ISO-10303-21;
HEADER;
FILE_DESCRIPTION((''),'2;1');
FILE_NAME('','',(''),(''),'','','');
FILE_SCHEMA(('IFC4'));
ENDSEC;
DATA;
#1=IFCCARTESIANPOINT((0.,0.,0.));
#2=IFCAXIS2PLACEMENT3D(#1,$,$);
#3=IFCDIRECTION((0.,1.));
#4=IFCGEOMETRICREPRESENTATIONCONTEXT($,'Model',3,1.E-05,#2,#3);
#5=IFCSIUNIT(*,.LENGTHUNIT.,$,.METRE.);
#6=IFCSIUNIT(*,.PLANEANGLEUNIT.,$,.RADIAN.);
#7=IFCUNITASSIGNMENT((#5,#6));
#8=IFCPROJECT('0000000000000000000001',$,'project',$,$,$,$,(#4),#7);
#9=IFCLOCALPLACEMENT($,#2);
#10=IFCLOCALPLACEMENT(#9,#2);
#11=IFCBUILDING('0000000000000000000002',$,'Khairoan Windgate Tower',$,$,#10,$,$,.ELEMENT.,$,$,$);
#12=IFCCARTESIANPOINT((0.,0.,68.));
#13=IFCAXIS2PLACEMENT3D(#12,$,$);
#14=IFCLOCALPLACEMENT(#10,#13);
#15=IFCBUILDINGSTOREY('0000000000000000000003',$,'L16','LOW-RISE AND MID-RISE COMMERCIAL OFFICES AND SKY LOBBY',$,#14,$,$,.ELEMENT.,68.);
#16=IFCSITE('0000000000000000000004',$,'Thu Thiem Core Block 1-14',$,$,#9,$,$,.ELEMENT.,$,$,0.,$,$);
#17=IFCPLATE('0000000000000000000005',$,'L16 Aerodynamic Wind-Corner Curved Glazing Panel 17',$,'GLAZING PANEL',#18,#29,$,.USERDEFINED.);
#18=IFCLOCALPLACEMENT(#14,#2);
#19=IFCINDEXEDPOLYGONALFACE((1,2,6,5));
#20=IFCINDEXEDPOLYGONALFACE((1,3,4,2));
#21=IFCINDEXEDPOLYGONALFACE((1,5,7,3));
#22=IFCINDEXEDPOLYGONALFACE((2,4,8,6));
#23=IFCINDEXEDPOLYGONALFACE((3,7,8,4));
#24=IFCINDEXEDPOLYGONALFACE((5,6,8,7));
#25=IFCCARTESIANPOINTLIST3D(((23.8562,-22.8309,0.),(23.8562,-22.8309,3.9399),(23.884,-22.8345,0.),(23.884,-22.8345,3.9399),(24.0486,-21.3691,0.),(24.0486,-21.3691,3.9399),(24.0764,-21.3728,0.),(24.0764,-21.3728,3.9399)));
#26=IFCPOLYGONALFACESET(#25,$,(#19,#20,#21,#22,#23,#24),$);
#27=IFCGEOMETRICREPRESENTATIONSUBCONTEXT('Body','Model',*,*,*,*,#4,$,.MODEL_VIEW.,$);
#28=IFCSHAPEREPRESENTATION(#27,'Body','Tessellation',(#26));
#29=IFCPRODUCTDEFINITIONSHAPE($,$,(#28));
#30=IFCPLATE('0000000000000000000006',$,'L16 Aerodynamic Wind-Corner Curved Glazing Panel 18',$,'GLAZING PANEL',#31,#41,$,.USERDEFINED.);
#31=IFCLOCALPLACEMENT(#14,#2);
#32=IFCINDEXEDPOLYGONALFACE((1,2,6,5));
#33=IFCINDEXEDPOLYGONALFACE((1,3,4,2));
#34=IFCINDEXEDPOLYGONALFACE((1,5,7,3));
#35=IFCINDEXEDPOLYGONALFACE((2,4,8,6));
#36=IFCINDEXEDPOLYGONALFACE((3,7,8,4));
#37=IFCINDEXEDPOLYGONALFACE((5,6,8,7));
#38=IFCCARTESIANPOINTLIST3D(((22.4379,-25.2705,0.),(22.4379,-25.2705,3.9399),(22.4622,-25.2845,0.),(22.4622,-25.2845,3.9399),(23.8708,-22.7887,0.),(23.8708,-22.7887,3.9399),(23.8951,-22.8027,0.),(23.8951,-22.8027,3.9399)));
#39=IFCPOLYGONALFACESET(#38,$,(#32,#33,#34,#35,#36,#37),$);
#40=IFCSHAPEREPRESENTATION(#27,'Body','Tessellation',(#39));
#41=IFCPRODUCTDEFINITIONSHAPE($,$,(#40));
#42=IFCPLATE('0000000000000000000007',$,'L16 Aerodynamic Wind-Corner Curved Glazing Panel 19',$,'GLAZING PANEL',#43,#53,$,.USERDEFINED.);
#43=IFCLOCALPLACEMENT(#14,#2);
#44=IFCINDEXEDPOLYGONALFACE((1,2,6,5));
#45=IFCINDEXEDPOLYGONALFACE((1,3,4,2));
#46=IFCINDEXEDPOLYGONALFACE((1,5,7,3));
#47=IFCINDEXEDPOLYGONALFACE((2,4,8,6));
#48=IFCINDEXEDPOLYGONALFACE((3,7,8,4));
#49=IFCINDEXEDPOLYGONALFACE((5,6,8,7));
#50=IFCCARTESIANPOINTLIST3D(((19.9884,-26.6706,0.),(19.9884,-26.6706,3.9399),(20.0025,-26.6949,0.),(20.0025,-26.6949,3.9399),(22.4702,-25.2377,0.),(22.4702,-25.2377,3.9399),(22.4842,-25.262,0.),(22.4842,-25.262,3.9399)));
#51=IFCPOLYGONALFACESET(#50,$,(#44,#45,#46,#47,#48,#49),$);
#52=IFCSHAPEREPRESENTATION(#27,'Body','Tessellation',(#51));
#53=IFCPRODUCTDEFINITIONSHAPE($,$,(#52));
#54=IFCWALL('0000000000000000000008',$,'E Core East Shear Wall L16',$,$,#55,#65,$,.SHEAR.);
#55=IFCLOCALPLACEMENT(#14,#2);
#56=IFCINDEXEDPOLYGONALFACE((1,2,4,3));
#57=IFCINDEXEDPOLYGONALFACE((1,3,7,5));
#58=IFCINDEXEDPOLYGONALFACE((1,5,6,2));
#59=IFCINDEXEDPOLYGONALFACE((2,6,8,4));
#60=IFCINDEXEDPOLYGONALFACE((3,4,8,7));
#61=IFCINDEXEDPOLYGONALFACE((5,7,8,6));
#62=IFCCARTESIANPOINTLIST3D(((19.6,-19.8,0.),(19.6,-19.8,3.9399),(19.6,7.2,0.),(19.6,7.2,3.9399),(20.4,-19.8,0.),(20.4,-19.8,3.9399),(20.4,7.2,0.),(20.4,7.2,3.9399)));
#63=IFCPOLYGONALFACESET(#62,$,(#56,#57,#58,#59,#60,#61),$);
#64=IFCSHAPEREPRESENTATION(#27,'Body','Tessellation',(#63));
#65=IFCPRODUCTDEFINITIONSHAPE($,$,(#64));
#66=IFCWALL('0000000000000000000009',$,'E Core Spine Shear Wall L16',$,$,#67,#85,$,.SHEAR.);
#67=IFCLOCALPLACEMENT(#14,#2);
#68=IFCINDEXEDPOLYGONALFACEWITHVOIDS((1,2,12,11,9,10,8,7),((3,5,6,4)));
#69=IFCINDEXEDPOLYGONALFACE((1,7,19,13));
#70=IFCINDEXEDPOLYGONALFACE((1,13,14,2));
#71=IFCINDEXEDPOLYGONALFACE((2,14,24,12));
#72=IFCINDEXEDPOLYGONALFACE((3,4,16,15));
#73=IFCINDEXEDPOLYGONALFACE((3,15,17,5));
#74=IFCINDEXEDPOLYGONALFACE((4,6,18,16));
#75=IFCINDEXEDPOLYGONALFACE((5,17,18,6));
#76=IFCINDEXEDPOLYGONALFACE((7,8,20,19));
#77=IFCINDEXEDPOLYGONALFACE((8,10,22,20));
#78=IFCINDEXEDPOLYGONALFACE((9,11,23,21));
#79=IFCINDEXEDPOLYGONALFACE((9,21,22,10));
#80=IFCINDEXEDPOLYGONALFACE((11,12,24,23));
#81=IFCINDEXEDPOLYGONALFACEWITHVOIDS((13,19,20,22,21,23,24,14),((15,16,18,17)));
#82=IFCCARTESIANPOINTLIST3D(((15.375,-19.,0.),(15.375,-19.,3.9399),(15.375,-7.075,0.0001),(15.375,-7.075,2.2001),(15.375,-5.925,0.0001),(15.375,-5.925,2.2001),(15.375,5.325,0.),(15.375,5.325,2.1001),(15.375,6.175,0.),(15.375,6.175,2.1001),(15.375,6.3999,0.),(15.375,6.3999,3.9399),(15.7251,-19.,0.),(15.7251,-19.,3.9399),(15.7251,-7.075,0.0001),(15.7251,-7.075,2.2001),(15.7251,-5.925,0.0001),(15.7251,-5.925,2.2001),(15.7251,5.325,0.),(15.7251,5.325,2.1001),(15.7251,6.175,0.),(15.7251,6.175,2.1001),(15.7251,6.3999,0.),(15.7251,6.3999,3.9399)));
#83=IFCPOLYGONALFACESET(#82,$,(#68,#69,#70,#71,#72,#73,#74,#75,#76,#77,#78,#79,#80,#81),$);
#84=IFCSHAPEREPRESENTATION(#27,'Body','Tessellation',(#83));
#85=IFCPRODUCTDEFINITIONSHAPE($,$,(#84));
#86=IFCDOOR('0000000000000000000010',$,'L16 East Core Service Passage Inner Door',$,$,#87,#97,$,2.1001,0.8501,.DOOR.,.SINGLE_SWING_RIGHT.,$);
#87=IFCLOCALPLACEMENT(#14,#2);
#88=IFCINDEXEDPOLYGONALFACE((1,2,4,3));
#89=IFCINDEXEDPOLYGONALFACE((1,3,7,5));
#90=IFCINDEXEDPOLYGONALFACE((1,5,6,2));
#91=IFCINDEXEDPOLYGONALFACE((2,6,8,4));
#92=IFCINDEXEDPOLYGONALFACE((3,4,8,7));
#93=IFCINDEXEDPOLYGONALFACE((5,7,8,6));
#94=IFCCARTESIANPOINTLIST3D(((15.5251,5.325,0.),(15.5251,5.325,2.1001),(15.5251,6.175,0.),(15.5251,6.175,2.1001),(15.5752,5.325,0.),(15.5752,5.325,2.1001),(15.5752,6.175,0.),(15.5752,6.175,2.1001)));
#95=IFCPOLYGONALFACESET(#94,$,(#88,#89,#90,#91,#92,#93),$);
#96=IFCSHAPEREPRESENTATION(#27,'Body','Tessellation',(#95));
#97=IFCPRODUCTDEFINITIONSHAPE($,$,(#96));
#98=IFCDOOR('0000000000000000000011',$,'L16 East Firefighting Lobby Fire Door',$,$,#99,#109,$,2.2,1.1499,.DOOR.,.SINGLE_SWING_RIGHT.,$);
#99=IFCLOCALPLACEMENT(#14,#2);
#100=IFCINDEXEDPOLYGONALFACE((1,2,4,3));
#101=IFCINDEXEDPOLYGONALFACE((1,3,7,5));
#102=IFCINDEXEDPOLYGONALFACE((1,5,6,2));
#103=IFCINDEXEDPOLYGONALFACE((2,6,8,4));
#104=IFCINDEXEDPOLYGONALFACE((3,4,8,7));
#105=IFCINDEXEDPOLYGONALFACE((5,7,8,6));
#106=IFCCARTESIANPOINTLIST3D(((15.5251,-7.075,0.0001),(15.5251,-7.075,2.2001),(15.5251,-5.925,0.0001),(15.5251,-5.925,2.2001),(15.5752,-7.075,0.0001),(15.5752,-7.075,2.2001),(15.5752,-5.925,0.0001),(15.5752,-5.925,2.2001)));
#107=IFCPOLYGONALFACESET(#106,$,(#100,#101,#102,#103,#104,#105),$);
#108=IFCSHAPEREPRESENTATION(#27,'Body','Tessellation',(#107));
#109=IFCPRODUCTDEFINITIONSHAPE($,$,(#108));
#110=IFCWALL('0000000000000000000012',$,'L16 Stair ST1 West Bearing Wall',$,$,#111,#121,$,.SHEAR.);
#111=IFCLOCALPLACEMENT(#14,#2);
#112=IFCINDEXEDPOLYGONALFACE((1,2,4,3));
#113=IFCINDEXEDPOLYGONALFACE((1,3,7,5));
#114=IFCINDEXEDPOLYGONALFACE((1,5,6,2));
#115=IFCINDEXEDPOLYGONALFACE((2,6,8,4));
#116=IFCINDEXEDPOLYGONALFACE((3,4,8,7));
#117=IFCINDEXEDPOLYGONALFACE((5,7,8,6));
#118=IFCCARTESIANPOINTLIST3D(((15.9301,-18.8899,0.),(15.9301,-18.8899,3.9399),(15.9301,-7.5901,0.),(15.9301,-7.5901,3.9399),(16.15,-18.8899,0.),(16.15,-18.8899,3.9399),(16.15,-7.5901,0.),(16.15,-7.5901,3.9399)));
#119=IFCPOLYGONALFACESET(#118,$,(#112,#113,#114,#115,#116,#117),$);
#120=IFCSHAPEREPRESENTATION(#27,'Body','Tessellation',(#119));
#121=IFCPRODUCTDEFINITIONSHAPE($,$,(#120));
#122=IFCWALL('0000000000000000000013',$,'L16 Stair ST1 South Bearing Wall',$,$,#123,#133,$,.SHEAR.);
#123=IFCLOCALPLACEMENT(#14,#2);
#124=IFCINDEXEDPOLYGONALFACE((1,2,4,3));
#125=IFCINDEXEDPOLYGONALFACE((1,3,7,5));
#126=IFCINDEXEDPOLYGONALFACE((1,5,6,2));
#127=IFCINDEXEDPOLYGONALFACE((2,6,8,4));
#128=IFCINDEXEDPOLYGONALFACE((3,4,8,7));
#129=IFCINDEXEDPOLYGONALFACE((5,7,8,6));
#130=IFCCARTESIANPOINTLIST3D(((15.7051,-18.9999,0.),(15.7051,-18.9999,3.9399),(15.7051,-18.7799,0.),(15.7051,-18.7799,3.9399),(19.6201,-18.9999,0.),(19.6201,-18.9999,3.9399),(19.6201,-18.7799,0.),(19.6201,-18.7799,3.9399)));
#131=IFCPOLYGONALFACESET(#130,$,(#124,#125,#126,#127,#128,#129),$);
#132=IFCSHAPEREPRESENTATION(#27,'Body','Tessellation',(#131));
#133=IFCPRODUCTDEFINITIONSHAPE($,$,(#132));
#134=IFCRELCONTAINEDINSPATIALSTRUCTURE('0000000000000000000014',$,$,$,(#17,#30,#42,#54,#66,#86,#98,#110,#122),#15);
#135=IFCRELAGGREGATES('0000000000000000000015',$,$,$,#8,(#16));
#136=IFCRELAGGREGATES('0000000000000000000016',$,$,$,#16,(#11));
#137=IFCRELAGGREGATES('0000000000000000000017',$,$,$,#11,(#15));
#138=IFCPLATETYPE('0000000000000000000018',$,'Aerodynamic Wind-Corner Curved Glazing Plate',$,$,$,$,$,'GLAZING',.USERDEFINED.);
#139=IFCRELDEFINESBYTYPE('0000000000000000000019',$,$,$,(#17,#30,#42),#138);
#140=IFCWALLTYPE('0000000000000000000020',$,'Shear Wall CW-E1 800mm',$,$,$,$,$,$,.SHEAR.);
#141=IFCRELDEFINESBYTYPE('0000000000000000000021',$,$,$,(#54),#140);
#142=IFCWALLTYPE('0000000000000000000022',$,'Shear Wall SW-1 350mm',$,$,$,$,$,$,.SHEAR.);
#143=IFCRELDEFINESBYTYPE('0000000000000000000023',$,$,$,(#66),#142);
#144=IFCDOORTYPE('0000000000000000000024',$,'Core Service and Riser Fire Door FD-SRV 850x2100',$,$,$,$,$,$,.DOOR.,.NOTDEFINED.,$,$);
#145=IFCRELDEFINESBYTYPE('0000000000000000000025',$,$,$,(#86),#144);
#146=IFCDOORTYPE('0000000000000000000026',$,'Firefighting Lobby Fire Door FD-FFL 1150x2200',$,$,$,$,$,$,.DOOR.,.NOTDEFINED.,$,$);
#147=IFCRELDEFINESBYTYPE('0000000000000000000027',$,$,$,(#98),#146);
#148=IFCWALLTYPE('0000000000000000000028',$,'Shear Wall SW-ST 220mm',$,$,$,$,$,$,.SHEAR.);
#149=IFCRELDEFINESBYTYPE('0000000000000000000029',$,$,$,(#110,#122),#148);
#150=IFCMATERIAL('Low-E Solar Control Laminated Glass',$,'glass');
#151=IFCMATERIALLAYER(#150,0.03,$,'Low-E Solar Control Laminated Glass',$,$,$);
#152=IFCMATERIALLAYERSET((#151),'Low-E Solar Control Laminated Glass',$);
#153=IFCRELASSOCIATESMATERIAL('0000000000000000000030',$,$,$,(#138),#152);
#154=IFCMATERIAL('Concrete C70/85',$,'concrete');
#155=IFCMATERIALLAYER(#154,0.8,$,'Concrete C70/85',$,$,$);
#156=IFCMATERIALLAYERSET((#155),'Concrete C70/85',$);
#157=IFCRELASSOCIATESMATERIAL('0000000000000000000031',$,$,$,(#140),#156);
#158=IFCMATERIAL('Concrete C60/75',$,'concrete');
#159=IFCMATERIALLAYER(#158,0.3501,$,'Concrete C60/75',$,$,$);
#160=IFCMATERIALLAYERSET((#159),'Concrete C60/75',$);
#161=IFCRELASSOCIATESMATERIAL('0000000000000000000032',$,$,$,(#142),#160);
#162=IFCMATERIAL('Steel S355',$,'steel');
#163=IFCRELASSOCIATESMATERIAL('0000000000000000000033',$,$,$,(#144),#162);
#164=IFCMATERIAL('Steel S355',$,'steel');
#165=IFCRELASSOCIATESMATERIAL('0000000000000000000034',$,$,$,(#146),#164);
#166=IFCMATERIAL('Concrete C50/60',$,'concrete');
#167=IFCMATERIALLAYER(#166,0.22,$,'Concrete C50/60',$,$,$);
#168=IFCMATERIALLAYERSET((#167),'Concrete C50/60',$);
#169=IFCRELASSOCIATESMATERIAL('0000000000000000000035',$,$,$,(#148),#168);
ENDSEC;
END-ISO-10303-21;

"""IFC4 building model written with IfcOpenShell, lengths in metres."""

from ifc_helpers import new_model, si_unit, direction, frame, frame_2d, origin, origin_2d, place, context, subcontext, project, spatial, rectangle, extrude, material, layer, layer_set, type_object, element, fill, save


model = new_model("IFC4")

# Units and contexts
model_context = context("Model", 3, precision=1e-05, world=origin(), true_north=direction((0.0, 1.0)))
body_context = subcontext(model_context, "Body", "Model", "MODEL_VIEW")
ifc_project = project(units=[si_unit("LENGTHUNIT", "METRE"), si_unit("PLANEANGLEUNIT", "RADIAN")], contexts=[model_context])

# Site, building, storey
site_placement = place(None, origin())
building_placement = place(site_placement, origin())
storey_placement = place(building_placement, frame((0.0, 0.0, 68.0)))
site = spatial("IfcSite", under=ifc_project, at=site_placement, Name="Thu Thiem Core Block 1-14", CompositionType="ELEMENT", RefElevation=0.0)
building = spatial("IfcBuilding", under=site, at=building_placement, Name="Khairoan Windgate Tower", CompositionType="ELEMENT")
storey = spatial("IfcBuildingStorey", under=building, at=storey_placement, Name="L16", Description="LOW-RISE AND MID-RISE COMMERCIAL OFFICES AND SKY LOBBY", CompositionType="ELEMENT", Elevation=68.0)

# Plates
ifc_material_1 = material(Name="Low-E Solar Control Laminated Glass", Category="glass")
ifc_layer_1 = layer(ifc_material_1, 0.03, Name="Low-E Solar Control Laminated Glass")
ifc_layer_set_1 = layer_set([ifc_layer_1], Name="Low-E Solar Control Laminated Glass")
plate_type_1 = type_object("IfcPlateType", Name="Aerodynamic Wind-Corner Curved Glazing Plate", ElementType="GLAZING", PredefinedType="USERDEFINED", material=ifc_layer_set_1)
plate_1_placement = place(storey_placement, frame((23.9663, -22.1018, 0.0), z_axis=(0.0, 0.0, 1.0), x_axis=(-0.130526, -0.991445, 0.0)))
element("IfcPlate", 1, at=plate_1_placement, inside=storey, type_object=plate_type_1, Name="L16 Aerodynamic Wind-Corner Curved Glazing Panel 17", ObjectType="GLAZING PANEL", PredefinedType="USERDEFINED", context=body_context, shape_type="SweptSolid", body=[
    extrude(rectangle(XDim=1.4744, YDim=0.0281, at=origin_2d()), origin(), (0.0, 0.0, 1.0), 3.9399),
])
for number, where, z_axis, x_axis, name in (
    (2, (23.1665, -24.0366, 0.0), (0.0, 0.0, 1.0), (-0.5, -0.866025, 0.0), "L16 Aerodynamic Wind-Corner Curved Glazing Panel 18"),
    (3, (21.2363, -25.9663, 0.0), (0.0, 0.0, 1.0), (-0.866025, -0.5, 0.0), "L16 Aerodynamic Wind-Corner Curved Glazing Panel 19"),
):
    element("IfcPlate", number, at=place(storey_placement, frame(where, z_axis=z_axis, x_axis=x_axis)), inside=storey, type_object=plate_type_1, Name=name, ObjectType="GLAZING PANEL", PredefinedType="USERDEFINED", context=body_context, shape_type="SweptSolid", body=[
        extrude(rectangle(XDim=2.8657, YDim=0.0281, at=origin_2d()), origin(), (0.0, 0.0, 1.0), 3.9399),
    ])

# Wall
ifc_material_2 = material(Name="Concrete C70/85", Category="concrete")
ifc_layer_2 = layer(ifc_material_2, 0.8, Name="Concrete C70/85")
ifc_layer_set_2 = layer_set([ifc_layer_2], Name="Concrete C70/85")
wall_type_1 = type_object("IfcWallType", Name="Shear Wall CW-E1 800mm", PredefinedType="SHEAR", material=ifc_layer_set_2)
wall_1_placement = place(storey_placement, frame((20.0, -19.8, 0.0), z_axis=(0.0, 0.0, 1.0), x_axis=(0.0, 1.0, 0.0)))
element("IfcWall", 4, at=wall_1_placement, inside=storey, type_object=wall_type_1, Name="E Core East Shear Wall L16", PredefinedType="SHEAR", context=body_context, shape_type="SweptSolid", body=[
    extrude(rectangle(XDim=27.0, YDim=0.8, at=frame_2d((13.5, 0.0))), origin(), (0.0, 0.0, 1.0), 3.9399),
])

# Wall, openings, doors
ifc_material_3 = material(Name="Concrete C60/75", Category="concrete")
ifc_layer_3 = layer(ifc_material_3, 0.3501, Name="Concrete C60/75")
ifc_layer_set_3 = layer_set([ifc_layer_3], Name="Concrete C60/75")
wall_type_2 = type_object("IfcWallType", Name="Shear Wall SW-1 350mm", PredefinedType="SHEAR", material=ifc_layer_set_3)
wall_2_placement = place(storey_placement, frame((15.55, -19.0, 0.0), z_axis=(0.0, 0.0, 1.0), x_axis=(0.0, 1.0, 0.0)))
wall_2 = element("IfcWall", 5, at=wall_2_placement, inside=storey, type_object=wall_type_2, Name="E Core Spine Shear Wall L16", PredefinedType="SHEAR", context=body_context, shape_type="SweptSolid", body=[
    extrude(rectangle(XDim=25.3999, YDim=0.3501, at=frame_2d((12.7, 0.0))), origin(), (0.0, 0.0, 1.0), 3.9399),
])
opening_1_placement = place(wall_2_placement, frame((11.925, 0.0, 0.0)))
opening_1 = element("IfcOpeningElement", 6, at=opening_1_placement, cuts=wall_2, PredefinedType="OPENING", context=body_context, shape_type="SweptSolid", body=[
    extrude(rectangle(XDim=1.1499, YDim=2.2, at=frame_2d((0.575, 1.1001))), frame((0.0, 0.1851, 0.0), z_axis=(0.0, -1.0, 0.0), x_axis=(1.0, 0.0, 0.0)), (0.0, 0.0, 1.0), 0.3701),
])
opening_2_placement = place(wall_2_placement, frame((24.325, 0.0, 0.0)))
opening_2 = element("IfcOpeningElement", 7, at=opening_2_placement, cuts=wall_2, PredefinedType="OPENING", context=body_context, shape_type="SweptSolid", body=[
    extrude(rectangle(XDim=0.8501, YDim=2.1001, at=frame_2d((0.425, 1.05))), frame((0.0, 0.1851, 0.0), z_axis=(0.0, -1.0, 0.0), x_axis=(1.0, 0.0, 0.0)), (0.0, 0.0, 1.0), 0.3701),
])
ifc_material_4 = material(Name="Steel S355", Category="steel")
door_type_1 = type_object("IfcDoorType", Name="Core Service and Riser Fire Door FD-SRV 850x2100", OperationType="NOTDEFINED", PredefinedType="DOOR", material=ifc_material_4)
door_1_placement = place(opening_2_placement, origin())
door_1 = element("IfcDoor", 8, at=door_1_placement, inside=storey, type_object=door_type_1, Name="L16 East Core Service Passage Inner Door", OperationType="SINGLE_SWING_RIGHT", OverallHeight=2.1001, OverallWidth=0.8501, PredefinedType="DOOR", context=body_context, shape_type="SweptSolid", body=[
    extrude(rectangle(XDim=0.8501, YDim=2.1001, at=frame_2d((0.425, 1.05))), frame((0.0, 0.0249, 0.0), z_axis=(0.0, -1.0, 0.0), x_axis=(1.0, 0.0, 0.0)), (0.0, 0.0, 1.0), 0.05),
])
fill(opening_2, door_1)
ifc_material_5 = material(Name="Steel S355", Category="steel")
door_type_2 = type_object("IfcDoorType", Name="Firefighting Lobby Fire Door FD-FFL 1150x2200", OperationType="NOTDEFINED", PredefinedType="DOOR", material=ifc_material_5)
door_2_placement = place(opening_1_placement, origin())
door_2 = element("IfcDoor", 9, at=door_2_placement, inside=storey, type_object=door_type_2, Name="L16 East Firefighting Lobby Fire Door", OperationType="SINGLE_SWING_RIGHT", OverallHeight=2.2, OverallWidth=1.1499, PredefinedType="DOOR", context=body_context, shape_type="SweptSolid", body=[
    extrude(rectangle(XDim=1.1499, YDim=2.2, at=frame_2d((0.575, 1.1001))), frame((0.0, 0.0249, 0.0), z_axis=(0.0, -1.0, 0.0), x_axis=(1.0, 0.0, 0.0)), (0.0, 0.0, 1.0), 0.05),
])
fill(opening_1, door_2)

# Walls
ifc_material_6 = material(Name="Concrete C50/60", Category="concrete")
ifc_layer_4 = layer(ifc_material_6, 0.22, Name="Concrete C50/60")
ifc_layer_set_4 = layer_set([ifc_layer_4], Name="Concrete C50/60")
wall_type_3 = type_object("IfcWallType", Name="Shear Wall SW-ST 220mm", PredefinedType="SHEAR", material=ifc_layer_set_4)
wall_3_placement = place(storey_placement, frame((16.04, -18.8899, 0.0), z_axis=(0.0, 0.0, 1.0), x_axis=(0.0, 1.0, 0.0)))
element("IfcWall", 10, at=wall_3_placement, inside=storey, type_object=wall_type_3, Name="L16 Stair ST1 West Bearing Wall", PredefinedType="SHEAR", context=body_context, shape_type="SweptSolid", body=[
    extrude(rectangle(XDim=11.2998, YDim=0.22, at=frame_2d((5.6499, 0.0))), origin(), (0.0, 0.0, 1.0), 3.9399),
])
wall_4_placement = place(storey_placement, frame((15.7051, -18.8899, 0.0), z_axis=(0.0, 0.0, 1.0), x_axis=(1.0, 0.0, 0.0)))
element("IfcWall", 11, at=wall_4_placement, inside=storey, type_object=wall_type_3, Name="L16 Stair ST1 South Bearing Wall", PredefinedType="SHEAR", context=body_context, shape_type="SweptSolid", body=[
    extrude(rectangle(XDim=3.915, YDim=0.22, at=frame_2d((1.9575, 0.0))), origin(), (0.0, 0.0, 1.0), 3.9399),
])

save(model, "model.ifc")
